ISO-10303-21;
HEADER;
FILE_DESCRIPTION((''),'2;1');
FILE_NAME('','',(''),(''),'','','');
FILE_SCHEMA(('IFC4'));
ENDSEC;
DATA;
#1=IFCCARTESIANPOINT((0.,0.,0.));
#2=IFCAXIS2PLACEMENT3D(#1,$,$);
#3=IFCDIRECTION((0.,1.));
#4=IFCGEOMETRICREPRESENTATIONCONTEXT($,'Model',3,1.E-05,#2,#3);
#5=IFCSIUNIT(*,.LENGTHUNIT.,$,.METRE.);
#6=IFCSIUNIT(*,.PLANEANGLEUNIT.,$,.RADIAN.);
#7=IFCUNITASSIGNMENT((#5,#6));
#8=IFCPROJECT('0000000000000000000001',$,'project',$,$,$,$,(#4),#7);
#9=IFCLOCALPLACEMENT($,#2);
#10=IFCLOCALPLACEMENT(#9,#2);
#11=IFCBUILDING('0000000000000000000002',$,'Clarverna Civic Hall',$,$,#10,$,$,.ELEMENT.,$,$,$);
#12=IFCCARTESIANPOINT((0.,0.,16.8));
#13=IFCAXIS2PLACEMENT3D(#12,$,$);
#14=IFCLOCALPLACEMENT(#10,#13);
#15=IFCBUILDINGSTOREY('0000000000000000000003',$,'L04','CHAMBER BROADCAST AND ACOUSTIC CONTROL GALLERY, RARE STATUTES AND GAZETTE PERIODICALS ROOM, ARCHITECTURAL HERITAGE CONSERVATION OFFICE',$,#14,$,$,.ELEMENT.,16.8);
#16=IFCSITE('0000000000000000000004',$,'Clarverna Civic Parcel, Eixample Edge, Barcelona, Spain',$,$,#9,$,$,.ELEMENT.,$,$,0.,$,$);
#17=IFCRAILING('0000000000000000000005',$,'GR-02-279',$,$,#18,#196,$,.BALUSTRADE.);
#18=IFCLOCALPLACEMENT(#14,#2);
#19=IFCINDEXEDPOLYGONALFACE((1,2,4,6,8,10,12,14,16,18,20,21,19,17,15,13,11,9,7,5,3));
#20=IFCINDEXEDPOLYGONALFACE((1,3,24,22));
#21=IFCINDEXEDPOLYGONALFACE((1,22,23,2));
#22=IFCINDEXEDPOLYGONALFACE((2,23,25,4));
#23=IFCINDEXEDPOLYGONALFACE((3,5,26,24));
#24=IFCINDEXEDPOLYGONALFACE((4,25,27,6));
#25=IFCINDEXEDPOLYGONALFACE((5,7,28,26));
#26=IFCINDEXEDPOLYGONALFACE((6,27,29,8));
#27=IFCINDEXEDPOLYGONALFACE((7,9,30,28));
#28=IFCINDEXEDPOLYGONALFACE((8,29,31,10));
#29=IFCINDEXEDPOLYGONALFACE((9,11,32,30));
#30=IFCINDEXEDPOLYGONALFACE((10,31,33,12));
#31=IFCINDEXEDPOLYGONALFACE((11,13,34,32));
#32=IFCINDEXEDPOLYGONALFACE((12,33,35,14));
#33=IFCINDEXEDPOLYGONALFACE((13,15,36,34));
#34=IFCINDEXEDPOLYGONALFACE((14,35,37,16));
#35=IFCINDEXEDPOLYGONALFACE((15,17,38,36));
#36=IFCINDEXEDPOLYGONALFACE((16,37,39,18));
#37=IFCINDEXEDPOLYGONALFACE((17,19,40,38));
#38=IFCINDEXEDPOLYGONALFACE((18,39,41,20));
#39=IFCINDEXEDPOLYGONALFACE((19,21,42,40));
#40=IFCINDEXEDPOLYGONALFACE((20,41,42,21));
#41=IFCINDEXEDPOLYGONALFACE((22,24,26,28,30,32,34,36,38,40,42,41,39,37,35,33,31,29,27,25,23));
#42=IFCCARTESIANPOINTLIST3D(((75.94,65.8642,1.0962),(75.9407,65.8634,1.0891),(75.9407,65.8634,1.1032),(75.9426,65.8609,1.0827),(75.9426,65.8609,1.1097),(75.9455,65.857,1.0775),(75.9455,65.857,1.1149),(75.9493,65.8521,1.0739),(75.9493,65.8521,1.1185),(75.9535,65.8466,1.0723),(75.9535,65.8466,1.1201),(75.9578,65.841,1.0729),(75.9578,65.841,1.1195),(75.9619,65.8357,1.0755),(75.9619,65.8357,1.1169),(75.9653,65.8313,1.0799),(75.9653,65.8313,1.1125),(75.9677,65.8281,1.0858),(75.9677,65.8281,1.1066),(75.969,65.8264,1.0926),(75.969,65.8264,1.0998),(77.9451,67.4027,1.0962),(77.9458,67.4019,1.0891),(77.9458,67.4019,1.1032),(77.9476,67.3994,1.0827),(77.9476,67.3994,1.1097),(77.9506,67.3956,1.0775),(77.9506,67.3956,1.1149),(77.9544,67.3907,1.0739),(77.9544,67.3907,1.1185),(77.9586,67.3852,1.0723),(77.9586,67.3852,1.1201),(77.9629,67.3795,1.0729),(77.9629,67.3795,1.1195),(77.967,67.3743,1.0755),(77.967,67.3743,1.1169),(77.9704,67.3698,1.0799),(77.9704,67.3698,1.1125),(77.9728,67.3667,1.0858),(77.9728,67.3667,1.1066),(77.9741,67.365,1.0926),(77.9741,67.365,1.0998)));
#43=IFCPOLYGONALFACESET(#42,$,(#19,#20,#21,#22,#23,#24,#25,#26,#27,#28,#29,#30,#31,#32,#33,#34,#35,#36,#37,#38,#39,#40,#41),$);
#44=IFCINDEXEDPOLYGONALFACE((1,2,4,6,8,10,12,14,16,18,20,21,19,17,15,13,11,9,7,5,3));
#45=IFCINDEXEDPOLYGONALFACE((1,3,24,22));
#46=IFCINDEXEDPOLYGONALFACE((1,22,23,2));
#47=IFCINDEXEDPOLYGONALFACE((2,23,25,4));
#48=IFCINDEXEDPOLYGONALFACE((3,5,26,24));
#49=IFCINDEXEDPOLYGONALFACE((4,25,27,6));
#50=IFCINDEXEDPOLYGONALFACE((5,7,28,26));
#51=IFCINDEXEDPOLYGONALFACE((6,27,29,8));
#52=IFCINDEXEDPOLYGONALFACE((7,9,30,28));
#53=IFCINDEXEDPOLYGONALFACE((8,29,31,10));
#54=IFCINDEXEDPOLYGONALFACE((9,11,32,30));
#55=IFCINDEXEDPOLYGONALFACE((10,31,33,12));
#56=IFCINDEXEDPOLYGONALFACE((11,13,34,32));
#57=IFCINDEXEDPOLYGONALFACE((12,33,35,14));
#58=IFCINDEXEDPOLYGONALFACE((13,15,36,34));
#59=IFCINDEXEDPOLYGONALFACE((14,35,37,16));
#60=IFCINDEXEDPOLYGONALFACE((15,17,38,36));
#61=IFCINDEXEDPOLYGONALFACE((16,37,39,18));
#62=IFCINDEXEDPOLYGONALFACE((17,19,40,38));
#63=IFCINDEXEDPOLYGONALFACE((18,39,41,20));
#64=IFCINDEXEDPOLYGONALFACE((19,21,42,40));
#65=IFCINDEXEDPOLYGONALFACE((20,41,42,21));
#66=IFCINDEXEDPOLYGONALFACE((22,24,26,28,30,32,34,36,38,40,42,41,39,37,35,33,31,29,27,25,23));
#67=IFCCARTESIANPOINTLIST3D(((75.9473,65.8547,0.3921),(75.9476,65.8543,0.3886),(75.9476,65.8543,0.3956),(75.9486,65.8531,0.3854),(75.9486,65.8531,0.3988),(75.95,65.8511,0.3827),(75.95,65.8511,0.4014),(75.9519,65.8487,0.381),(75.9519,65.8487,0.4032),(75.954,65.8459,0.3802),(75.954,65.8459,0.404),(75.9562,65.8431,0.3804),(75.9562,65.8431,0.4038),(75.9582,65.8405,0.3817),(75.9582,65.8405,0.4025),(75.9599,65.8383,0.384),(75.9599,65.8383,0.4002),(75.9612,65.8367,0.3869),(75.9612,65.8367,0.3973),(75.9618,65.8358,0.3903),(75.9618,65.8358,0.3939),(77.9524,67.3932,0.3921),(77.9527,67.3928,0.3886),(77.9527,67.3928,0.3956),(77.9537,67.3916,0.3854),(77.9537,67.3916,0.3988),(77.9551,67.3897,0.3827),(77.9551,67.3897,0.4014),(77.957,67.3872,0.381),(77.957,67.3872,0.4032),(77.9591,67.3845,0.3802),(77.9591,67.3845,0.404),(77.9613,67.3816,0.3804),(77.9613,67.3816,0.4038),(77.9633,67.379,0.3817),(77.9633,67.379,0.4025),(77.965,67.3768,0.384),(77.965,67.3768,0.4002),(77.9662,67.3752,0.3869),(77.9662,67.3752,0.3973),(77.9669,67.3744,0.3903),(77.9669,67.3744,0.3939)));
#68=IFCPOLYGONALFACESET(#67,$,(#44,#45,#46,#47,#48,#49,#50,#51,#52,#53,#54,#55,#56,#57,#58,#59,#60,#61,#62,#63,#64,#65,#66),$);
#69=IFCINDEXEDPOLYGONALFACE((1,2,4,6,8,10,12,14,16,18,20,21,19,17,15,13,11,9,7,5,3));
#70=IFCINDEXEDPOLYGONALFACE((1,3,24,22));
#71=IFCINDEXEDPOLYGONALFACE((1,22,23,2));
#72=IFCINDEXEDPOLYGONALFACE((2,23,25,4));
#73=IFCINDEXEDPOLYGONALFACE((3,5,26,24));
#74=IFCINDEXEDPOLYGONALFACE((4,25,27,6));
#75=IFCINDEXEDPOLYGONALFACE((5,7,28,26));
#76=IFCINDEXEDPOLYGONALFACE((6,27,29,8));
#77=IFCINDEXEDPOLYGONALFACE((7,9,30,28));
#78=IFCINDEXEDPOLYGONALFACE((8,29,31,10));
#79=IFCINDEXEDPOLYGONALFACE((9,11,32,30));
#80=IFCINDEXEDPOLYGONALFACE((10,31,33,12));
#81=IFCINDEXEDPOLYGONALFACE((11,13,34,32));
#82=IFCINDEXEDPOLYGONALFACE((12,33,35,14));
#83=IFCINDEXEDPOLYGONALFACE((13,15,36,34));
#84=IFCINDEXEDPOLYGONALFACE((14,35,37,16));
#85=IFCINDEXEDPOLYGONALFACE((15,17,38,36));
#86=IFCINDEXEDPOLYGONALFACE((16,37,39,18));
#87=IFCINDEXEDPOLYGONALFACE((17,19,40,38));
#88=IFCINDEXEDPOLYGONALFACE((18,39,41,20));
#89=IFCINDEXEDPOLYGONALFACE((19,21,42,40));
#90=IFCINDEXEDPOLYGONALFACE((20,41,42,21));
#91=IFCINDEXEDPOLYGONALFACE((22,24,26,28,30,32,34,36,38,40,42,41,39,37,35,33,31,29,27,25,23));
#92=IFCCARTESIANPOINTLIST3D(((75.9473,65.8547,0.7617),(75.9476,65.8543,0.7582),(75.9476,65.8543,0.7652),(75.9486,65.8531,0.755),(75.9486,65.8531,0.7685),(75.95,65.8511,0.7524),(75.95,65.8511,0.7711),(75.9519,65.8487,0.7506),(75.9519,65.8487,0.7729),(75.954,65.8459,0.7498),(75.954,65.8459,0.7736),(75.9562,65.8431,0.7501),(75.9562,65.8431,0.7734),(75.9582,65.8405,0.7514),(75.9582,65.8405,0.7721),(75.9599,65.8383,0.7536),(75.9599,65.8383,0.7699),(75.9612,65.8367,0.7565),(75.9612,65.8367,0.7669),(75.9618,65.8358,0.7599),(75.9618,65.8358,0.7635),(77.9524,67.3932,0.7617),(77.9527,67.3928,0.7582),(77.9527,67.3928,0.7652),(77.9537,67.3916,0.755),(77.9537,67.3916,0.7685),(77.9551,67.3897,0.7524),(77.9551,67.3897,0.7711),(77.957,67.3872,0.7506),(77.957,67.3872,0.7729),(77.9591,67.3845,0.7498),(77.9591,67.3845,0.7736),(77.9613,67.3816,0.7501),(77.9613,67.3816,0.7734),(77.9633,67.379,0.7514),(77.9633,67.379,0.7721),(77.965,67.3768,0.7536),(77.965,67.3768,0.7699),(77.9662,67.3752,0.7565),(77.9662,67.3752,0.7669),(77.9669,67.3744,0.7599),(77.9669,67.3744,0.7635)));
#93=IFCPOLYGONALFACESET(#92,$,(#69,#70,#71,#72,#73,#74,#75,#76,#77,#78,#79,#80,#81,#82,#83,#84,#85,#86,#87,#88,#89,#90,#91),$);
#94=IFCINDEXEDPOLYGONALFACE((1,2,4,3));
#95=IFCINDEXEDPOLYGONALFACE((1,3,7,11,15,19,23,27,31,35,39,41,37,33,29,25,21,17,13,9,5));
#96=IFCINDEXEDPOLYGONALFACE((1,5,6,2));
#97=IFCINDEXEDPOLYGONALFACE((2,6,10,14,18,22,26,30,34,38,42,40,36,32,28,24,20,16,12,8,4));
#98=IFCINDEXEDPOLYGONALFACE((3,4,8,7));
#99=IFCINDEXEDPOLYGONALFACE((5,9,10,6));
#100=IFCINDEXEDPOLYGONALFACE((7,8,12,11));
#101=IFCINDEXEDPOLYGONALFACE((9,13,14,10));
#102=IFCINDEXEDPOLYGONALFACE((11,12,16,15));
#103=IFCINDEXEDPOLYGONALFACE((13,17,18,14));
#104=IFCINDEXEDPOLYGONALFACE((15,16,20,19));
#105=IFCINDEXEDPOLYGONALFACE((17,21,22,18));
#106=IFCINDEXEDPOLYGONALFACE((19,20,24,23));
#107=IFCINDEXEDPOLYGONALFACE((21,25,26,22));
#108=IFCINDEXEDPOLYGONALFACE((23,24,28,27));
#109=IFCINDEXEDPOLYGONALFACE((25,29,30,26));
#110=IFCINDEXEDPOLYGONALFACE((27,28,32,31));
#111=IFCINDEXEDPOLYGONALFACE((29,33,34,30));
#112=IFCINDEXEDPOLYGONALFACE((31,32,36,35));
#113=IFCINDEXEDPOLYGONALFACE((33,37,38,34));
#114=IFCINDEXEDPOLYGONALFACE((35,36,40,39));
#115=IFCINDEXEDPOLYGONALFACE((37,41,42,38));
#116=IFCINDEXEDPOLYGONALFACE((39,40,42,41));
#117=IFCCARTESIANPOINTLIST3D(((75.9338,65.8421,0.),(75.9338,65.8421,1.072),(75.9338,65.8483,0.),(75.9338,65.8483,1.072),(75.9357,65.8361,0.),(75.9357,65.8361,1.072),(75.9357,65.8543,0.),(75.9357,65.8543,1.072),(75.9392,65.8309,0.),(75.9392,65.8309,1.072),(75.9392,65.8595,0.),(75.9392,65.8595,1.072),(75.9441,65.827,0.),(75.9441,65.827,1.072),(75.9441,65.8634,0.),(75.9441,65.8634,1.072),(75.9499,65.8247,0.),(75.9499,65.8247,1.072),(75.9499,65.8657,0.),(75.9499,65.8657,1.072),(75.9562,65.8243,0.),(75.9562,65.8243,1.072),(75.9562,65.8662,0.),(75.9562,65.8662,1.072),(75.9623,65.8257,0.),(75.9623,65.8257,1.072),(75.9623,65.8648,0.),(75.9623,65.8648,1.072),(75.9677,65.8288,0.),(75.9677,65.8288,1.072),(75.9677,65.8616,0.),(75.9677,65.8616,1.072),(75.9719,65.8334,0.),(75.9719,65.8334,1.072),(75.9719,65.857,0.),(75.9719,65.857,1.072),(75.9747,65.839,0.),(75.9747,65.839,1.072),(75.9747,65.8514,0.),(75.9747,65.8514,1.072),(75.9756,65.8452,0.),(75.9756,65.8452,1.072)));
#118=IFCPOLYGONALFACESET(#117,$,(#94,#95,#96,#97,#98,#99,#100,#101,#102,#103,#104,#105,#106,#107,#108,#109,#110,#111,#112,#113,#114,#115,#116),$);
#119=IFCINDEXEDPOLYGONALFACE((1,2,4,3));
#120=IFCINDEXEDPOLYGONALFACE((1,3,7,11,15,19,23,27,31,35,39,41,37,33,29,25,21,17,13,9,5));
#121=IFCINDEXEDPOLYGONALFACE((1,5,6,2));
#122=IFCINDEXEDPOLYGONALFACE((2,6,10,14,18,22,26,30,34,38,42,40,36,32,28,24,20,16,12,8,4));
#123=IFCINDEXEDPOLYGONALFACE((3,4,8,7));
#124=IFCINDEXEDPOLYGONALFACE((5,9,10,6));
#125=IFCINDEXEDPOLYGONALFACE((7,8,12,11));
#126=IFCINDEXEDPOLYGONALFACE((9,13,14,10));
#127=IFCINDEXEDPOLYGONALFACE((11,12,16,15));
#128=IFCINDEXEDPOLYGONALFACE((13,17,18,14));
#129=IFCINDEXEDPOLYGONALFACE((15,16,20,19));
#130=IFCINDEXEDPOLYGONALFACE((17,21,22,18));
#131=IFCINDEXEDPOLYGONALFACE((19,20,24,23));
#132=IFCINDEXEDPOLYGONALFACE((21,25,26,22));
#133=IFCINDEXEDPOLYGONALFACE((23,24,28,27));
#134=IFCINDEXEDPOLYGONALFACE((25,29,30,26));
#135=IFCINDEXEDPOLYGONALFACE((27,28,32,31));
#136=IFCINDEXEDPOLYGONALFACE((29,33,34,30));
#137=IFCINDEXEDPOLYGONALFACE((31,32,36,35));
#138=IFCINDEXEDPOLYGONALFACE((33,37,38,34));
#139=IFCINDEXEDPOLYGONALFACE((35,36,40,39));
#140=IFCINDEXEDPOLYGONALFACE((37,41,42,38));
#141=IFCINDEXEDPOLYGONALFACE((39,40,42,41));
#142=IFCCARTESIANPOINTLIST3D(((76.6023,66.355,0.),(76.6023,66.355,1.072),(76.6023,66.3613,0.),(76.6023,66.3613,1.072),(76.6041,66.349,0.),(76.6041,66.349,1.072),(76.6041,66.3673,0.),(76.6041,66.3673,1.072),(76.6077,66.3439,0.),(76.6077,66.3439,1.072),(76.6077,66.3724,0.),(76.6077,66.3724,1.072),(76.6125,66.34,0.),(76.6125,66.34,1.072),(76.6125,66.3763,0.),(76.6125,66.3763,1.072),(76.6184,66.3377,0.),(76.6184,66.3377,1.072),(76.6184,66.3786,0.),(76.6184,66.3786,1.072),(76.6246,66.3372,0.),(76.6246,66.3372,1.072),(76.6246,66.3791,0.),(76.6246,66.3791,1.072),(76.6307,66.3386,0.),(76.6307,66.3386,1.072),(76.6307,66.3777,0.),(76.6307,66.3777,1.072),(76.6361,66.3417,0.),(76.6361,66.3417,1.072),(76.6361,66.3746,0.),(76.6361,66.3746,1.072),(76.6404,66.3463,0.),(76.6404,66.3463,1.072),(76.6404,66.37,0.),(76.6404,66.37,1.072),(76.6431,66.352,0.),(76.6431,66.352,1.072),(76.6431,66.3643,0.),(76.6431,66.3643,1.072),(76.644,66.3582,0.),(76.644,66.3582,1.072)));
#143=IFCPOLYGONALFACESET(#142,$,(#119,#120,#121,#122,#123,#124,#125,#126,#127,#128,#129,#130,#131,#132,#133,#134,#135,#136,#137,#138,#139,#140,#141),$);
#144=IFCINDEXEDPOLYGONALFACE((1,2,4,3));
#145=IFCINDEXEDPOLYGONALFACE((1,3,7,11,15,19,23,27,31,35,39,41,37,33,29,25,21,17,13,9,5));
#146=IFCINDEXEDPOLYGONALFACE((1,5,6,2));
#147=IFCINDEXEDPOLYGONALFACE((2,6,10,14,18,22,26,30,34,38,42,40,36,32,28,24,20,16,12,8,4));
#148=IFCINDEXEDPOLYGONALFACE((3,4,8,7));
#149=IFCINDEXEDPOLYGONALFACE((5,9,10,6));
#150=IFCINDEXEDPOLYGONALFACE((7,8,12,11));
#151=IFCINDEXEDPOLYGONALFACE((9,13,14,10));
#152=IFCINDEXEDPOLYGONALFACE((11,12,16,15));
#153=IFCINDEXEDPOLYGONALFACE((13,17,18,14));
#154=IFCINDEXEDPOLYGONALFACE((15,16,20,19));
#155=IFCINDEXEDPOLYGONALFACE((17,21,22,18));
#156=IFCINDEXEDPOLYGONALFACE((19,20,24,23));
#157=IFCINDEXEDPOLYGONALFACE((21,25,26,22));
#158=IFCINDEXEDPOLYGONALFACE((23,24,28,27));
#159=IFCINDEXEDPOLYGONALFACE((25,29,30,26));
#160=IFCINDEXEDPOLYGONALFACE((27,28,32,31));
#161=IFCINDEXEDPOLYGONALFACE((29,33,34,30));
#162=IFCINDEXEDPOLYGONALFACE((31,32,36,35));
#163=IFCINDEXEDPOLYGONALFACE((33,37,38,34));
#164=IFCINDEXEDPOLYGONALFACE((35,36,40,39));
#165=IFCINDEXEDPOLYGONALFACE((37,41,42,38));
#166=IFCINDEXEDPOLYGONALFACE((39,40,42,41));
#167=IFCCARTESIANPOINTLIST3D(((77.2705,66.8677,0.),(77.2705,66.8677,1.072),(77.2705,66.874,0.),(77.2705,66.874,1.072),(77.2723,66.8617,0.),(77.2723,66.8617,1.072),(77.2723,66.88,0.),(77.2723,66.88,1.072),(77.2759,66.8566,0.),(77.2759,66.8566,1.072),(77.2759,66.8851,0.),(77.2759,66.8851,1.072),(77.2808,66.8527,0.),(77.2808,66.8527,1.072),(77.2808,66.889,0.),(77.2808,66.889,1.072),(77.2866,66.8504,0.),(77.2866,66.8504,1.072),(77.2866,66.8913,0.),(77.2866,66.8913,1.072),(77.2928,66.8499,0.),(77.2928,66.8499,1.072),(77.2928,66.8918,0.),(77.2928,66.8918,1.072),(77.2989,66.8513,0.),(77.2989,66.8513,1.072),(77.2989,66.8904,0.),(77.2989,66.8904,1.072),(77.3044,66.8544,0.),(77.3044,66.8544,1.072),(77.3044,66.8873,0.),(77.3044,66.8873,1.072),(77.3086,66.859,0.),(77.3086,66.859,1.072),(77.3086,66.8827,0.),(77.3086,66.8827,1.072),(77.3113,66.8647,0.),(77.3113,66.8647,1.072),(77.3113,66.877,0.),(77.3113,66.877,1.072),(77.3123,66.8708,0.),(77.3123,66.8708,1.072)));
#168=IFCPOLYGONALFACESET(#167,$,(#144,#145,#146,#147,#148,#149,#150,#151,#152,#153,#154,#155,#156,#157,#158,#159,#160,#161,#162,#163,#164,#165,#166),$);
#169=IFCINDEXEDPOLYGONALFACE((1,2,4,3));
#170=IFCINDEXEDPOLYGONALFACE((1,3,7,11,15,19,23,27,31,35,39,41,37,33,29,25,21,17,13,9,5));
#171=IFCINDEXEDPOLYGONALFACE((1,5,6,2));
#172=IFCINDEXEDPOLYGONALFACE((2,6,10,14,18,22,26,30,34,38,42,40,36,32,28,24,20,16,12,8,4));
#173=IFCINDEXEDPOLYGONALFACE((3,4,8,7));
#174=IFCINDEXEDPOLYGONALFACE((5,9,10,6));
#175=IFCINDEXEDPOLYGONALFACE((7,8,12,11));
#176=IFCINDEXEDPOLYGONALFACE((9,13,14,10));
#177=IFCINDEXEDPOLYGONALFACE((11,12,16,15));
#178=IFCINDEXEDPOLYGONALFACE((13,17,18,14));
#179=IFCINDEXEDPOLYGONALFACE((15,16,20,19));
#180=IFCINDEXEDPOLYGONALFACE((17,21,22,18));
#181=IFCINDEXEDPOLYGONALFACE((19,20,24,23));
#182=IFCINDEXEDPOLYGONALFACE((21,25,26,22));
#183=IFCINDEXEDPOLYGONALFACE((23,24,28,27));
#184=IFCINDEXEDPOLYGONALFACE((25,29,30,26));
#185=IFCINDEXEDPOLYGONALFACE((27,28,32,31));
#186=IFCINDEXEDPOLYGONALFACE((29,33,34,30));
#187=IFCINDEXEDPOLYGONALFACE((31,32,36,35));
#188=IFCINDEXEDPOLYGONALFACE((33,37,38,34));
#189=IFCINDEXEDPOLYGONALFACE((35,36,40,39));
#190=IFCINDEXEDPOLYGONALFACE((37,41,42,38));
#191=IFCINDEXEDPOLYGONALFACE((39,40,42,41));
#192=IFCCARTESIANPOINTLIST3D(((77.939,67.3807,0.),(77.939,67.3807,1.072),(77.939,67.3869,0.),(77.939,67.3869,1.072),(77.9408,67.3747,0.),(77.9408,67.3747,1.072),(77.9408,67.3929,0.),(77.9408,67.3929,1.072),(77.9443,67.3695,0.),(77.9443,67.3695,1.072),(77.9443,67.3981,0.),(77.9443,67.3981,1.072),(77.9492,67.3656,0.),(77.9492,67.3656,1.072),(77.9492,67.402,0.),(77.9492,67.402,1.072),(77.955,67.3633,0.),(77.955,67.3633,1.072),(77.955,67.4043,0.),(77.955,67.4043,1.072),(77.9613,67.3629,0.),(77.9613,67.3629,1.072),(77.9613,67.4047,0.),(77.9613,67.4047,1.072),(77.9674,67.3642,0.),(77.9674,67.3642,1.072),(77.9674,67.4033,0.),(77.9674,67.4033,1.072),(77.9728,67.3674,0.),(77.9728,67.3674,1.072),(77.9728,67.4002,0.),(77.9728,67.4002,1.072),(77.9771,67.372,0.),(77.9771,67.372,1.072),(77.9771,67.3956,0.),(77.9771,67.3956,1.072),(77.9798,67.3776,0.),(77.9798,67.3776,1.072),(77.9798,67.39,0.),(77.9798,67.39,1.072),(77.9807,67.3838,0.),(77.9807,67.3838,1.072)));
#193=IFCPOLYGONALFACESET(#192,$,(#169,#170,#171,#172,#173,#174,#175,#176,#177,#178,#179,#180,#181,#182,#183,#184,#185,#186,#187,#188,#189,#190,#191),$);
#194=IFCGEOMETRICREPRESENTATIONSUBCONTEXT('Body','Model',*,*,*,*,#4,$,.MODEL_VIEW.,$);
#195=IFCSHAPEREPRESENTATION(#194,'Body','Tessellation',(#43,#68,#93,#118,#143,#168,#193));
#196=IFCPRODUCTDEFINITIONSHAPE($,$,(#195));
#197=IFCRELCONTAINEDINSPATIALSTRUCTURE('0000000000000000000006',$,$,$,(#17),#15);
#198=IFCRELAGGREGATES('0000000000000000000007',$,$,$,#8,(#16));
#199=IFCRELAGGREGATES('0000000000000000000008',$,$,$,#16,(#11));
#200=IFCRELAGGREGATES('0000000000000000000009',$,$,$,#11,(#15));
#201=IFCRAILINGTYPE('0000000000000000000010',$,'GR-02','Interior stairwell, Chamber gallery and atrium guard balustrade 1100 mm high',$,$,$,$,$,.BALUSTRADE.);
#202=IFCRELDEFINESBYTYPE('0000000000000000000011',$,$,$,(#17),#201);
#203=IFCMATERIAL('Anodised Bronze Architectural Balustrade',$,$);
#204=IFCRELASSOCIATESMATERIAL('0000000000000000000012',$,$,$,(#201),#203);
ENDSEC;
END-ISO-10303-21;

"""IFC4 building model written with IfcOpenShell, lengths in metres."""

from ifc_helpers import new_model, si_unit, direction, frame, origin, origin_2d, place, context, subcontext, project, spatial, circle, extrude, material, type_object, element, save


model = new_model("IFC4")

# Units and contexts
model_context = context("Model", 3, precision=1e-05, world=origin(), true_north=direction((0.0, 1.0)))
body_context = subcontext(model_context, "Body", "Model", "MODEL_VIEW")
ifc_project = project(units=[si_unit("LENGTHUNIT", "METRE"), si_unit("PLANEANGLEUNIT", "RADIAN")], contexts=[model_context])

# Site, building, storey
site_placement = place(None, origin())
site = spatial("IfcSite", under=ifc_project, at=site_placement, Name="Clarverna Civic Parcel, Eixample Edge, Barcelona, Spain", CompositionType="ELEMENT", RefElevation=0.0)
building_placement = place(site_placement, origin())
building = spatial("IfcBuilding", under=site, at=building_placement, Name="Clarverna Civic Hall", CompositionType="ELEMENT")
storey_placement = place(building_placement, frame((0.0, 0.0, 16.8)))
storey = spatial("IfcBuildingStorey", under=building, at=storey_placement, Name="L04", Description="CHAMBER BROADCAST AND ACOUSTIC CONTROL GALLERY, RARE STATUTES AND GAZETTE PERIODICALS ROOM, ARCHITECTURAL HERITAGE CONSERVATION OFFICE", CompositionType="ELEMENT", Elevation=16.8)

# Railing
ifc_material_1 = material(Name="Anodised Bronze Architectural Balustrade")
railing_type = type_object("IfcRailingType", Name="GR-02", Description="Interior stairwell, Chamber gallery and atrium guard balustrade 1100 mm high", PredefinedType="BALUSTRADE", material=ifc_material_1)
railing_1_placement = place(storey_placement, frame((75.9546, 65.8452, 0.0)))
element("IfcRailing", 1, at=railing_1_placement, inside=storey, type_object=railing_type, Name="GR-02-279", PredefinedType="BALUSTRADE", context=body_context, shape_type="SweptSolid", body=[
    extrude(circle(Radius=0.0239, at=origin_2d()), frame((0.0, 0.0, 1.0962), z_axis=(0.793356, 0.608758, 0.0), x_axis=(-0.608758, 0.793356, 0.0)), (0.0, 0.0, 1.0), 2.5273),
    extrude(circle(Radius=0.012, at=origin_2d()), frame((0.0, 0.0, 0.3921), z_axis=(0.793356, 0.608758, 0.0), x_axis=(-0.608758, 0.793356, 0.0)), (0.0, 0.0, 1.0), 2.5273),
    extrude(circle(Radius=0.012, at=origin_2d()), frame((0.0, 0.0, 0.7617), z_axis=(0.793356, 0.608758, 0.0), x_axis=(-0.608758, 0.793356, 0.0)), (0.0, 0.0, 1.0), 2.5273),
    extrude(circle(Radius=0.021, at=origin_2d()), origin(), (0.0, 0.0, 1.0), 1.072),
    extrude(circle(Radius=0.021, at=origin_2d()), frame((0.6685, 0.5129, 0.0)), (0.0, 0.0, 1.0), 1.072),
    extrude(circle(Radius=0.021, at=origin_2d()), frame((1.3367, 1.0256, 0.0)), (0.0, 0.0, 1.0), 1.072),
    extrude(circle(Radius=0.021, at=origin_2d()), frame((2.0051, 1.5386, 0.0)), (0.0, 0.0, 1.0), 1.072),
])

save(model, "model.ifc")
